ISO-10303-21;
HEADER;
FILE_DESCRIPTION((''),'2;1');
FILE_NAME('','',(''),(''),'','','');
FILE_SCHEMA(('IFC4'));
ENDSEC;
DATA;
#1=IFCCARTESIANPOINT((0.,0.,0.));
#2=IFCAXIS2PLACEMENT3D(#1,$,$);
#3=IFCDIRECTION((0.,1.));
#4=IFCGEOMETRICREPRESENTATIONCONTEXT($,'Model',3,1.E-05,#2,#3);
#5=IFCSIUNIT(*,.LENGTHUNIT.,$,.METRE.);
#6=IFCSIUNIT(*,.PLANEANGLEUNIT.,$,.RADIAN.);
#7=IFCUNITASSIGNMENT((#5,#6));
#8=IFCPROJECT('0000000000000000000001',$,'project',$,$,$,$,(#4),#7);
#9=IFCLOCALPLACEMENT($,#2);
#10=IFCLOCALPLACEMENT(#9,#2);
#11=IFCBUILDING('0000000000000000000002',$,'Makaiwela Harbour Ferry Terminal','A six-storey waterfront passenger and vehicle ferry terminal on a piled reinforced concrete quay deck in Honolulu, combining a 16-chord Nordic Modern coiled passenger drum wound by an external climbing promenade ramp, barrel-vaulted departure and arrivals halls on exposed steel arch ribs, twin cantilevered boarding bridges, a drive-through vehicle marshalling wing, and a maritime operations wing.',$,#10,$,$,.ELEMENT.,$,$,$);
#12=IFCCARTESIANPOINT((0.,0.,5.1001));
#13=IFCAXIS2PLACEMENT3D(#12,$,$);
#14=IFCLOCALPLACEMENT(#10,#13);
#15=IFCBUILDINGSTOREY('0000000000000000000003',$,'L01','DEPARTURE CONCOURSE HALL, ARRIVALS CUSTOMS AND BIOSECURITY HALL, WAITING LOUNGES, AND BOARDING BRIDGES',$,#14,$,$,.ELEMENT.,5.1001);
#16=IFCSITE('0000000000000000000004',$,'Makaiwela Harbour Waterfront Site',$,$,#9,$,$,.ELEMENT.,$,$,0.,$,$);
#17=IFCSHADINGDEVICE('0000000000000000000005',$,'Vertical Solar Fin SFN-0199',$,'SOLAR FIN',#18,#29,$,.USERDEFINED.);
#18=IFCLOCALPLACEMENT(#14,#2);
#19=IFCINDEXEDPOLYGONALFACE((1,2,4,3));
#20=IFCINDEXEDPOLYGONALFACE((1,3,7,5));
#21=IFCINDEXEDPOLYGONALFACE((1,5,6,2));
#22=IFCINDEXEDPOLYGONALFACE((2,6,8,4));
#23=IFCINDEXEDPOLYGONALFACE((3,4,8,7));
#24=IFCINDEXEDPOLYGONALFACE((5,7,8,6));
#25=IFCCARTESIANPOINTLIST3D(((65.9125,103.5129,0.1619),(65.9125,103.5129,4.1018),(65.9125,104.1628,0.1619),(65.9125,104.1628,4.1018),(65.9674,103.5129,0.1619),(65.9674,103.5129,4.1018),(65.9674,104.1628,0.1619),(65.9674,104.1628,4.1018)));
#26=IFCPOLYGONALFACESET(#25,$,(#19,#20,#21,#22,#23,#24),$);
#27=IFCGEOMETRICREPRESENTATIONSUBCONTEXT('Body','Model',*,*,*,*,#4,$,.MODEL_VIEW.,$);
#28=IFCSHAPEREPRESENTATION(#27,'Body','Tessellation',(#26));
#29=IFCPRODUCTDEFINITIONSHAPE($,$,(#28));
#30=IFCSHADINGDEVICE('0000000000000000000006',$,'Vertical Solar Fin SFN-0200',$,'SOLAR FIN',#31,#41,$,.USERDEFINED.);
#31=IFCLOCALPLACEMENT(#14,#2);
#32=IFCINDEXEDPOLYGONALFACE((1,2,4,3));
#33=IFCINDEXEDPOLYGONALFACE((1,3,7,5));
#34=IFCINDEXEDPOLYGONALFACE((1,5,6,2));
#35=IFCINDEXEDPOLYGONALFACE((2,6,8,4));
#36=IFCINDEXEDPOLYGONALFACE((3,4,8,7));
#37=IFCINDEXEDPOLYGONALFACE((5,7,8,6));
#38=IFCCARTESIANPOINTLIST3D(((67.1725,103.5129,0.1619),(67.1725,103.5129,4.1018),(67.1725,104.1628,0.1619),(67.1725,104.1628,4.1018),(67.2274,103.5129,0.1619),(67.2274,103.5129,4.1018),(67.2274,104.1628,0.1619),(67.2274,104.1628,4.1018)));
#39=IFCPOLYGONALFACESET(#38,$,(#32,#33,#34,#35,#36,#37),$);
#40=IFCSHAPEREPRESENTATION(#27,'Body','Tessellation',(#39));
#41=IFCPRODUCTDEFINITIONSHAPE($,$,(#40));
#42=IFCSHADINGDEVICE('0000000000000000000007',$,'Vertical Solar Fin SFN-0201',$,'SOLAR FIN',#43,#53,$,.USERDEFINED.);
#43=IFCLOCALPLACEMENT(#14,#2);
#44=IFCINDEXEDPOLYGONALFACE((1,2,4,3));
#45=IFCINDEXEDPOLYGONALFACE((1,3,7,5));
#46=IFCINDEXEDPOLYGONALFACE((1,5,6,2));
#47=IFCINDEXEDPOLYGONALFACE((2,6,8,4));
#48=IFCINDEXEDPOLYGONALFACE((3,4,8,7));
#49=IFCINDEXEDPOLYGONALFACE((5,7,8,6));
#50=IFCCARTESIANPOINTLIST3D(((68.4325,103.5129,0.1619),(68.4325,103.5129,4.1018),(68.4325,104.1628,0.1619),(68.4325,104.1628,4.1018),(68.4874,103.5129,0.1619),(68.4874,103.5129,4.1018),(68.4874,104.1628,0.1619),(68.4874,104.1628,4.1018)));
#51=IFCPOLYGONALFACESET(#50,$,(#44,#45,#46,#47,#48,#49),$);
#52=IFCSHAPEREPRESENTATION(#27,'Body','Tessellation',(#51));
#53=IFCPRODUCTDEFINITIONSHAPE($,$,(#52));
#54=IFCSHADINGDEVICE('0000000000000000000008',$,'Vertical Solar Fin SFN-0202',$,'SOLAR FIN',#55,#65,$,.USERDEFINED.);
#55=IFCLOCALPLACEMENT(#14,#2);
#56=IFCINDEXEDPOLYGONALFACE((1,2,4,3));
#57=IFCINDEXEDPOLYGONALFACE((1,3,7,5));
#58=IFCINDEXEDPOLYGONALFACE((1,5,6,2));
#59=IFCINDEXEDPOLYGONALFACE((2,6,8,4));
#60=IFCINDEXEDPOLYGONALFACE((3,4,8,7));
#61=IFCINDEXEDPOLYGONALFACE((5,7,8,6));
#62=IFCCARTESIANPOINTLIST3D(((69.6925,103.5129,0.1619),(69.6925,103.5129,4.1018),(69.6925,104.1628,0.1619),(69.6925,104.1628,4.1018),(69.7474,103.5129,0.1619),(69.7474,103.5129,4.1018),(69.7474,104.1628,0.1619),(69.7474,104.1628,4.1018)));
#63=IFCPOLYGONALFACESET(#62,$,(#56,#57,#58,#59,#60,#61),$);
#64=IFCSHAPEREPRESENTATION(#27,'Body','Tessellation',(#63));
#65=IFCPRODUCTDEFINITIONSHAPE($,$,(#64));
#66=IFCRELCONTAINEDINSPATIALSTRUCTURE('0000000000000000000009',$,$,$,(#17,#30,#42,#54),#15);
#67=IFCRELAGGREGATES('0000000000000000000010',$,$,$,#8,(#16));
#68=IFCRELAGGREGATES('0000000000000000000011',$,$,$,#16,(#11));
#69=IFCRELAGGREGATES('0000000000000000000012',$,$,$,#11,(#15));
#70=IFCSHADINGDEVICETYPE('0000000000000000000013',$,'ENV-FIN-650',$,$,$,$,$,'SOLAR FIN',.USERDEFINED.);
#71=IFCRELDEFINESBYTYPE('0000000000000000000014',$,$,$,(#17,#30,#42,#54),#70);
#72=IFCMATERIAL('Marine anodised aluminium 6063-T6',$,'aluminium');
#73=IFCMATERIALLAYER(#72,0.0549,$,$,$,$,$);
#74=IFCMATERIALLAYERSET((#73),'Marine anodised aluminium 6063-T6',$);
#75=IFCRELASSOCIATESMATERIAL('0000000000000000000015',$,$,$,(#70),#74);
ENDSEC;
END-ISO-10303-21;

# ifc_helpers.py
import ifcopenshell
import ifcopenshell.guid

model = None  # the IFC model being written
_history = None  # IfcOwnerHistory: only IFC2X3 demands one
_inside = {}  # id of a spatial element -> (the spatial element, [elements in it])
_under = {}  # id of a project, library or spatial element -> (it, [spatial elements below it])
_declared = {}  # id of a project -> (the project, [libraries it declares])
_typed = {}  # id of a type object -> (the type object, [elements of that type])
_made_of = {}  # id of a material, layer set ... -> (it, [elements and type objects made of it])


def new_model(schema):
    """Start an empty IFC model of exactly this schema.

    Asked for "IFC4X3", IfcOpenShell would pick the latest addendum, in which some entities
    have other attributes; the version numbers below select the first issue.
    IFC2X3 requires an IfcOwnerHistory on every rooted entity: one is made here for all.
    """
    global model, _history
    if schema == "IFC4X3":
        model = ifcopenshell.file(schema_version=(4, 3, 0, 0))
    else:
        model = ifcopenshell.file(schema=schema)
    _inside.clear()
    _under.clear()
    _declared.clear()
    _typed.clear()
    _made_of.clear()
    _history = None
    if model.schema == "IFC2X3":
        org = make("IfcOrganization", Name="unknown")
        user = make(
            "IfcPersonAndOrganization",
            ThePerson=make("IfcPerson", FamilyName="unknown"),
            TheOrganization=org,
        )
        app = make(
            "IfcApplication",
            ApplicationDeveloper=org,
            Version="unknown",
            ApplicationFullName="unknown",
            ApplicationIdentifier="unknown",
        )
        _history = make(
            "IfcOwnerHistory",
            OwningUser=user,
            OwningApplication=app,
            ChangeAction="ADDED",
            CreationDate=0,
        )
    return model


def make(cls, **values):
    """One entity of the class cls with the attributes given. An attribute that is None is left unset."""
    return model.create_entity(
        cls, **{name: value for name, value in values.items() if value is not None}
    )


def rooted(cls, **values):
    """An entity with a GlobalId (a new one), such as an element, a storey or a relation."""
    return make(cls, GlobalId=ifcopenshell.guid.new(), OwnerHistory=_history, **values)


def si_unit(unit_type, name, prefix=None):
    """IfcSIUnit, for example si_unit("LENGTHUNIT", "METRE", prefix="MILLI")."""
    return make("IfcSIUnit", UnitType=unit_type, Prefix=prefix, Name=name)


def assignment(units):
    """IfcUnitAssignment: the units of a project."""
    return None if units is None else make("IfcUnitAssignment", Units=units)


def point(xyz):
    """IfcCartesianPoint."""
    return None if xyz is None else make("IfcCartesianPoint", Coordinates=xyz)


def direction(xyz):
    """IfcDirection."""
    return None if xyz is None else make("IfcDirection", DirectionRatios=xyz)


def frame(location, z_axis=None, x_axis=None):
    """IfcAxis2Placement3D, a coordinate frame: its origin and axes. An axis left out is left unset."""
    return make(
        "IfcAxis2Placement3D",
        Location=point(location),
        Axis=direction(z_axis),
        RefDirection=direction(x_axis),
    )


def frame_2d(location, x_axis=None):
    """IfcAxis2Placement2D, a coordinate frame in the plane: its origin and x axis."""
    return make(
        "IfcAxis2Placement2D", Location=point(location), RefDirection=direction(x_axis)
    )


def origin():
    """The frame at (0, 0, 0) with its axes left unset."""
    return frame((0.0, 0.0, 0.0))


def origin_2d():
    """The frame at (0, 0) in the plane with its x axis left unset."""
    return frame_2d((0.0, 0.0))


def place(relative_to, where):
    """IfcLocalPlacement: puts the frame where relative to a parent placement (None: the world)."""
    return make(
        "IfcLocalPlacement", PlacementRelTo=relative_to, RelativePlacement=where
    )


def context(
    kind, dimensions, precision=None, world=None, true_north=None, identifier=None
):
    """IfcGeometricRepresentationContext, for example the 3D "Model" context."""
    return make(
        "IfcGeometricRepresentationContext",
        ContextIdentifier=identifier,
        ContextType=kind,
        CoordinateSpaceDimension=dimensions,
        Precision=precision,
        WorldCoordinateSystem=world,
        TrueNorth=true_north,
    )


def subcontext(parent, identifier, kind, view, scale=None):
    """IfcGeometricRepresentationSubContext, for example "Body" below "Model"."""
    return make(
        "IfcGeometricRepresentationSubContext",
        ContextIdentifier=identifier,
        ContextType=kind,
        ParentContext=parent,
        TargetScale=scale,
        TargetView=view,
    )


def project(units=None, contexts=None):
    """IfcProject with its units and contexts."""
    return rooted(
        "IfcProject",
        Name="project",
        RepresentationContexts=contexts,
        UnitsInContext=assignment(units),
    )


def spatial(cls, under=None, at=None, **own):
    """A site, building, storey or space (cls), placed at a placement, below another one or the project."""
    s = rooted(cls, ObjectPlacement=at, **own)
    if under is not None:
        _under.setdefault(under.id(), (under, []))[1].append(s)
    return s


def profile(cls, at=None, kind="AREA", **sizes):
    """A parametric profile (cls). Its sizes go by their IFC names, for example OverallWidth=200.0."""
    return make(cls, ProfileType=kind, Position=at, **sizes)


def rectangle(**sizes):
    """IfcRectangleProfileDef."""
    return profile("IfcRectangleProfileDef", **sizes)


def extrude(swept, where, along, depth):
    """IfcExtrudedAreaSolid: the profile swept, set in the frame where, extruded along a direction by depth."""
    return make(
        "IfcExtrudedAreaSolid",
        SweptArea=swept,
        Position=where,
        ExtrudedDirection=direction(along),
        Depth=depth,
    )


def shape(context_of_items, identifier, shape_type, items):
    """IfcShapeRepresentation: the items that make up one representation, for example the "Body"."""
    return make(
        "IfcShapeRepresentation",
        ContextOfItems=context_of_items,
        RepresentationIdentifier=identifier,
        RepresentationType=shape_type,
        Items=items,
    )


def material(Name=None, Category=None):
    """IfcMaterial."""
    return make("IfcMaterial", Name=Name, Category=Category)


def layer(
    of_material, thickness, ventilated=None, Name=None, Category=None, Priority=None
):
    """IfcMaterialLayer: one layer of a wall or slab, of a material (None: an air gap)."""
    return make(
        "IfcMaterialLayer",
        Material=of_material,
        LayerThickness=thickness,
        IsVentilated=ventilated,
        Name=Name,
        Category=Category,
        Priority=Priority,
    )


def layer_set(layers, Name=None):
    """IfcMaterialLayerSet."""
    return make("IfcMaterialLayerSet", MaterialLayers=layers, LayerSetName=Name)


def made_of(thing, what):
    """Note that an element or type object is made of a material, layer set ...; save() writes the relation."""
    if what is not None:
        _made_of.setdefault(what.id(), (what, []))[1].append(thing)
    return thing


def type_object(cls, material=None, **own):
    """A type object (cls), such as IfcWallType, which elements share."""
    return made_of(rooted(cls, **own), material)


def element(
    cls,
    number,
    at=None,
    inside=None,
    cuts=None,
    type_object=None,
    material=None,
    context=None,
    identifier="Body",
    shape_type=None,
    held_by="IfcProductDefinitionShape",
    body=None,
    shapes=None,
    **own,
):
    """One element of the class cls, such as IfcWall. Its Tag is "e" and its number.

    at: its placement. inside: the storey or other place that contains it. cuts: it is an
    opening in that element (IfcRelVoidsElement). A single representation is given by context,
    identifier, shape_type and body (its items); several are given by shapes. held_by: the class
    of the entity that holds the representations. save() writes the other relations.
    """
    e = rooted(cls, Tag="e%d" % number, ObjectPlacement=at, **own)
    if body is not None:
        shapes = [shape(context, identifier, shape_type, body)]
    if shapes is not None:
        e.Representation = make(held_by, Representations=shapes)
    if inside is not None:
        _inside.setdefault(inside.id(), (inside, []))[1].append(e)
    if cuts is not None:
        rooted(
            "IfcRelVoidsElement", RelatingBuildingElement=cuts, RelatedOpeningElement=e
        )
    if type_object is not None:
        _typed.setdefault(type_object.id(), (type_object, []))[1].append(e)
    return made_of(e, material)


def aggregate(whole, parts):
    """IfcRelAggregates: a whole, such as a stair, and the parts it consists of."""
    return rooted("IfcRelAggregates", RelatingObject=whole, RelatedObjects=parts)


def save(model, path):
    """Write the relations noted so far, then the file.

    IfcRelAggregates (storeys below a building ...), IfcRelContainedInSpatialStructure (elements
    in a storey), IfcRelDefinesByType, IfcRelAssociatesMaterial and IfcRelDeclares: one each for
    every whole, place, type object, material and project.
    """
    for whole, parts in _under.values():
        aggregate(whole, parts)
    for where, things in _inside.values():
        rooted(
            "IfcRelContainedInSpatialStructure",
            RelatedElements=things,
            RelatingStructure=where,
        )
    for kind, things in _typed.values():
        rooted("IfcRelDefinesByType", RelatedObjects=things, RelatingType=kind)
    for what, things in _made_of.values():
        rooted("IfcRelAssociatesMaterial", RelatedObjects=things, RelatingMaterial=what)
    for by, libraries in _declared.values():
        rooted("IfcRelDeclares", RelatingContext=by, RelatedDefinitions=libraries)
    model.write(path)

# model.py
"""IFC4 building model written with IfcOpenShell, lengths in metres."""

from ifc_helpers import new_model, si_unit, direction, frame, origin, origin_2d, place, context, subcontext, project, spatial, rectangle, extrude, material, layer, layer_set, type_object, element, save


model = new_model("IFC4")

# Units and contexts
model_context = context("Model", 3, precision=1e-05, world=origin(), true_north=direction((0.0, 1.0)))
body_context = subcontext(model_context, "Body", "Model", "MODEL_VIEW")
ifc_project = project(units=[si_unit("LENGTHUNIT", "METRE"), si_unit("PLANEANGLEUNIT", "RADIAN")], contexts=[model_context])

# Site, building, storey
site_placement = place(None, origin())
site = spatial("IfcSite", under=ifc_project, at=site_placement, Name="Makaiwela Harbour Waterfront Site", CompositionType="ELEMENT", RefElevation=0.0)
building_placement = place(site_placement, origin())
building = spatial("IfcBuilding", under=site, at=building_placement, Name="Makaiwela Harbour Ferry Terminal", Description="A six-storey waterfront passenger and vehicle ferry terminal on a piled reinforced concrete quay deck in Honolulu, combining a 16-chord Nordic Modern coiled passenger drum wound by an external climbing promenade ramp, barrel-vaulted departure and arrivals halls on exposed steel arch ribs, twin cantilevered boarding bridges, a drive-through vehicle marshalling wing, and a maritime operations wing.", CompositionType="ELEMENT")
storey_placement = place(building_placement, frame((0.0, 0.0, 5.1001)))
storey = spatial("IfcBuildingStorey", under=building, at=storey_placement, Name="L01", Description="DEPARTURE CONCOURSE HALL, ARRIVALS CUSTOMS AND BIOSECURITY HALL, WAITING LOUNGES, AND BOARDING BRIDGES", CompositionType="ELEMENT", Elevation=5.1001)

# Shared definitions
ifc_material_1 = material(Name="Marine anodised aluminium 6063-T6", Category="aluminium")

# Shading devices
ifc_layer_1 = layer(ifc_material_1, 0.0549)
ifc_layer_set_1 = layer_set([ifc_layer_1], Name="Marine anodised aluminium 6063-T6")
shading_device_type = type_object("IfcShadingDeviceType", Name="ENV-FIN-650", ElementType="SOLAR FIN", PredefinedType="USERDEFINED", material=ifc_layer_set_1)
for number, where, z_axis, x_axis, name in (
    (1, (65.9399, 103.8379, 0.1619), (0.0, 0.0, 1.0), (0.0, 1.0, 0.0), "Vertical Solar Fin SFN-0199"),
    (2, (67.2, 103.8379, 0.1619), (0.0, 0.0, 1.0), (0.0, 1.0, 0.0), "Vertical Solar Fin SFN-0200"),
    (3, (68.46, 103.8379, 0.1619), (0.0, 0.0, 1.0), (0.0, 1.0, 0.0), "Vertical Solar Fin SFN-0201"),
    (4, (69.72, 103.8379, 0.1619), (0.0, 0.0, 1.0), (0.0, 1.0, 0.0), "Vertical Solar Fin SFN-0202"),
):
    element("IfcShadingDevice", number, at=place(storey_placement, frame(where, z_axis=z_axis, x_axis=x_axis)), inside=storey, type_object=shading_device_type, Name=name, ObjectType="SOLAR FIN", PredefinedType="USERDEFINED", context=body_context, shape_type="SweptSolid", body=[
        extrude(rectangle(XDim=0.6499, YDim=0.0549, at=origin_2d()), origin(), (0.0, 0.0, 1.0), 3.9399),
    ])

save(model, "model.ifc")
